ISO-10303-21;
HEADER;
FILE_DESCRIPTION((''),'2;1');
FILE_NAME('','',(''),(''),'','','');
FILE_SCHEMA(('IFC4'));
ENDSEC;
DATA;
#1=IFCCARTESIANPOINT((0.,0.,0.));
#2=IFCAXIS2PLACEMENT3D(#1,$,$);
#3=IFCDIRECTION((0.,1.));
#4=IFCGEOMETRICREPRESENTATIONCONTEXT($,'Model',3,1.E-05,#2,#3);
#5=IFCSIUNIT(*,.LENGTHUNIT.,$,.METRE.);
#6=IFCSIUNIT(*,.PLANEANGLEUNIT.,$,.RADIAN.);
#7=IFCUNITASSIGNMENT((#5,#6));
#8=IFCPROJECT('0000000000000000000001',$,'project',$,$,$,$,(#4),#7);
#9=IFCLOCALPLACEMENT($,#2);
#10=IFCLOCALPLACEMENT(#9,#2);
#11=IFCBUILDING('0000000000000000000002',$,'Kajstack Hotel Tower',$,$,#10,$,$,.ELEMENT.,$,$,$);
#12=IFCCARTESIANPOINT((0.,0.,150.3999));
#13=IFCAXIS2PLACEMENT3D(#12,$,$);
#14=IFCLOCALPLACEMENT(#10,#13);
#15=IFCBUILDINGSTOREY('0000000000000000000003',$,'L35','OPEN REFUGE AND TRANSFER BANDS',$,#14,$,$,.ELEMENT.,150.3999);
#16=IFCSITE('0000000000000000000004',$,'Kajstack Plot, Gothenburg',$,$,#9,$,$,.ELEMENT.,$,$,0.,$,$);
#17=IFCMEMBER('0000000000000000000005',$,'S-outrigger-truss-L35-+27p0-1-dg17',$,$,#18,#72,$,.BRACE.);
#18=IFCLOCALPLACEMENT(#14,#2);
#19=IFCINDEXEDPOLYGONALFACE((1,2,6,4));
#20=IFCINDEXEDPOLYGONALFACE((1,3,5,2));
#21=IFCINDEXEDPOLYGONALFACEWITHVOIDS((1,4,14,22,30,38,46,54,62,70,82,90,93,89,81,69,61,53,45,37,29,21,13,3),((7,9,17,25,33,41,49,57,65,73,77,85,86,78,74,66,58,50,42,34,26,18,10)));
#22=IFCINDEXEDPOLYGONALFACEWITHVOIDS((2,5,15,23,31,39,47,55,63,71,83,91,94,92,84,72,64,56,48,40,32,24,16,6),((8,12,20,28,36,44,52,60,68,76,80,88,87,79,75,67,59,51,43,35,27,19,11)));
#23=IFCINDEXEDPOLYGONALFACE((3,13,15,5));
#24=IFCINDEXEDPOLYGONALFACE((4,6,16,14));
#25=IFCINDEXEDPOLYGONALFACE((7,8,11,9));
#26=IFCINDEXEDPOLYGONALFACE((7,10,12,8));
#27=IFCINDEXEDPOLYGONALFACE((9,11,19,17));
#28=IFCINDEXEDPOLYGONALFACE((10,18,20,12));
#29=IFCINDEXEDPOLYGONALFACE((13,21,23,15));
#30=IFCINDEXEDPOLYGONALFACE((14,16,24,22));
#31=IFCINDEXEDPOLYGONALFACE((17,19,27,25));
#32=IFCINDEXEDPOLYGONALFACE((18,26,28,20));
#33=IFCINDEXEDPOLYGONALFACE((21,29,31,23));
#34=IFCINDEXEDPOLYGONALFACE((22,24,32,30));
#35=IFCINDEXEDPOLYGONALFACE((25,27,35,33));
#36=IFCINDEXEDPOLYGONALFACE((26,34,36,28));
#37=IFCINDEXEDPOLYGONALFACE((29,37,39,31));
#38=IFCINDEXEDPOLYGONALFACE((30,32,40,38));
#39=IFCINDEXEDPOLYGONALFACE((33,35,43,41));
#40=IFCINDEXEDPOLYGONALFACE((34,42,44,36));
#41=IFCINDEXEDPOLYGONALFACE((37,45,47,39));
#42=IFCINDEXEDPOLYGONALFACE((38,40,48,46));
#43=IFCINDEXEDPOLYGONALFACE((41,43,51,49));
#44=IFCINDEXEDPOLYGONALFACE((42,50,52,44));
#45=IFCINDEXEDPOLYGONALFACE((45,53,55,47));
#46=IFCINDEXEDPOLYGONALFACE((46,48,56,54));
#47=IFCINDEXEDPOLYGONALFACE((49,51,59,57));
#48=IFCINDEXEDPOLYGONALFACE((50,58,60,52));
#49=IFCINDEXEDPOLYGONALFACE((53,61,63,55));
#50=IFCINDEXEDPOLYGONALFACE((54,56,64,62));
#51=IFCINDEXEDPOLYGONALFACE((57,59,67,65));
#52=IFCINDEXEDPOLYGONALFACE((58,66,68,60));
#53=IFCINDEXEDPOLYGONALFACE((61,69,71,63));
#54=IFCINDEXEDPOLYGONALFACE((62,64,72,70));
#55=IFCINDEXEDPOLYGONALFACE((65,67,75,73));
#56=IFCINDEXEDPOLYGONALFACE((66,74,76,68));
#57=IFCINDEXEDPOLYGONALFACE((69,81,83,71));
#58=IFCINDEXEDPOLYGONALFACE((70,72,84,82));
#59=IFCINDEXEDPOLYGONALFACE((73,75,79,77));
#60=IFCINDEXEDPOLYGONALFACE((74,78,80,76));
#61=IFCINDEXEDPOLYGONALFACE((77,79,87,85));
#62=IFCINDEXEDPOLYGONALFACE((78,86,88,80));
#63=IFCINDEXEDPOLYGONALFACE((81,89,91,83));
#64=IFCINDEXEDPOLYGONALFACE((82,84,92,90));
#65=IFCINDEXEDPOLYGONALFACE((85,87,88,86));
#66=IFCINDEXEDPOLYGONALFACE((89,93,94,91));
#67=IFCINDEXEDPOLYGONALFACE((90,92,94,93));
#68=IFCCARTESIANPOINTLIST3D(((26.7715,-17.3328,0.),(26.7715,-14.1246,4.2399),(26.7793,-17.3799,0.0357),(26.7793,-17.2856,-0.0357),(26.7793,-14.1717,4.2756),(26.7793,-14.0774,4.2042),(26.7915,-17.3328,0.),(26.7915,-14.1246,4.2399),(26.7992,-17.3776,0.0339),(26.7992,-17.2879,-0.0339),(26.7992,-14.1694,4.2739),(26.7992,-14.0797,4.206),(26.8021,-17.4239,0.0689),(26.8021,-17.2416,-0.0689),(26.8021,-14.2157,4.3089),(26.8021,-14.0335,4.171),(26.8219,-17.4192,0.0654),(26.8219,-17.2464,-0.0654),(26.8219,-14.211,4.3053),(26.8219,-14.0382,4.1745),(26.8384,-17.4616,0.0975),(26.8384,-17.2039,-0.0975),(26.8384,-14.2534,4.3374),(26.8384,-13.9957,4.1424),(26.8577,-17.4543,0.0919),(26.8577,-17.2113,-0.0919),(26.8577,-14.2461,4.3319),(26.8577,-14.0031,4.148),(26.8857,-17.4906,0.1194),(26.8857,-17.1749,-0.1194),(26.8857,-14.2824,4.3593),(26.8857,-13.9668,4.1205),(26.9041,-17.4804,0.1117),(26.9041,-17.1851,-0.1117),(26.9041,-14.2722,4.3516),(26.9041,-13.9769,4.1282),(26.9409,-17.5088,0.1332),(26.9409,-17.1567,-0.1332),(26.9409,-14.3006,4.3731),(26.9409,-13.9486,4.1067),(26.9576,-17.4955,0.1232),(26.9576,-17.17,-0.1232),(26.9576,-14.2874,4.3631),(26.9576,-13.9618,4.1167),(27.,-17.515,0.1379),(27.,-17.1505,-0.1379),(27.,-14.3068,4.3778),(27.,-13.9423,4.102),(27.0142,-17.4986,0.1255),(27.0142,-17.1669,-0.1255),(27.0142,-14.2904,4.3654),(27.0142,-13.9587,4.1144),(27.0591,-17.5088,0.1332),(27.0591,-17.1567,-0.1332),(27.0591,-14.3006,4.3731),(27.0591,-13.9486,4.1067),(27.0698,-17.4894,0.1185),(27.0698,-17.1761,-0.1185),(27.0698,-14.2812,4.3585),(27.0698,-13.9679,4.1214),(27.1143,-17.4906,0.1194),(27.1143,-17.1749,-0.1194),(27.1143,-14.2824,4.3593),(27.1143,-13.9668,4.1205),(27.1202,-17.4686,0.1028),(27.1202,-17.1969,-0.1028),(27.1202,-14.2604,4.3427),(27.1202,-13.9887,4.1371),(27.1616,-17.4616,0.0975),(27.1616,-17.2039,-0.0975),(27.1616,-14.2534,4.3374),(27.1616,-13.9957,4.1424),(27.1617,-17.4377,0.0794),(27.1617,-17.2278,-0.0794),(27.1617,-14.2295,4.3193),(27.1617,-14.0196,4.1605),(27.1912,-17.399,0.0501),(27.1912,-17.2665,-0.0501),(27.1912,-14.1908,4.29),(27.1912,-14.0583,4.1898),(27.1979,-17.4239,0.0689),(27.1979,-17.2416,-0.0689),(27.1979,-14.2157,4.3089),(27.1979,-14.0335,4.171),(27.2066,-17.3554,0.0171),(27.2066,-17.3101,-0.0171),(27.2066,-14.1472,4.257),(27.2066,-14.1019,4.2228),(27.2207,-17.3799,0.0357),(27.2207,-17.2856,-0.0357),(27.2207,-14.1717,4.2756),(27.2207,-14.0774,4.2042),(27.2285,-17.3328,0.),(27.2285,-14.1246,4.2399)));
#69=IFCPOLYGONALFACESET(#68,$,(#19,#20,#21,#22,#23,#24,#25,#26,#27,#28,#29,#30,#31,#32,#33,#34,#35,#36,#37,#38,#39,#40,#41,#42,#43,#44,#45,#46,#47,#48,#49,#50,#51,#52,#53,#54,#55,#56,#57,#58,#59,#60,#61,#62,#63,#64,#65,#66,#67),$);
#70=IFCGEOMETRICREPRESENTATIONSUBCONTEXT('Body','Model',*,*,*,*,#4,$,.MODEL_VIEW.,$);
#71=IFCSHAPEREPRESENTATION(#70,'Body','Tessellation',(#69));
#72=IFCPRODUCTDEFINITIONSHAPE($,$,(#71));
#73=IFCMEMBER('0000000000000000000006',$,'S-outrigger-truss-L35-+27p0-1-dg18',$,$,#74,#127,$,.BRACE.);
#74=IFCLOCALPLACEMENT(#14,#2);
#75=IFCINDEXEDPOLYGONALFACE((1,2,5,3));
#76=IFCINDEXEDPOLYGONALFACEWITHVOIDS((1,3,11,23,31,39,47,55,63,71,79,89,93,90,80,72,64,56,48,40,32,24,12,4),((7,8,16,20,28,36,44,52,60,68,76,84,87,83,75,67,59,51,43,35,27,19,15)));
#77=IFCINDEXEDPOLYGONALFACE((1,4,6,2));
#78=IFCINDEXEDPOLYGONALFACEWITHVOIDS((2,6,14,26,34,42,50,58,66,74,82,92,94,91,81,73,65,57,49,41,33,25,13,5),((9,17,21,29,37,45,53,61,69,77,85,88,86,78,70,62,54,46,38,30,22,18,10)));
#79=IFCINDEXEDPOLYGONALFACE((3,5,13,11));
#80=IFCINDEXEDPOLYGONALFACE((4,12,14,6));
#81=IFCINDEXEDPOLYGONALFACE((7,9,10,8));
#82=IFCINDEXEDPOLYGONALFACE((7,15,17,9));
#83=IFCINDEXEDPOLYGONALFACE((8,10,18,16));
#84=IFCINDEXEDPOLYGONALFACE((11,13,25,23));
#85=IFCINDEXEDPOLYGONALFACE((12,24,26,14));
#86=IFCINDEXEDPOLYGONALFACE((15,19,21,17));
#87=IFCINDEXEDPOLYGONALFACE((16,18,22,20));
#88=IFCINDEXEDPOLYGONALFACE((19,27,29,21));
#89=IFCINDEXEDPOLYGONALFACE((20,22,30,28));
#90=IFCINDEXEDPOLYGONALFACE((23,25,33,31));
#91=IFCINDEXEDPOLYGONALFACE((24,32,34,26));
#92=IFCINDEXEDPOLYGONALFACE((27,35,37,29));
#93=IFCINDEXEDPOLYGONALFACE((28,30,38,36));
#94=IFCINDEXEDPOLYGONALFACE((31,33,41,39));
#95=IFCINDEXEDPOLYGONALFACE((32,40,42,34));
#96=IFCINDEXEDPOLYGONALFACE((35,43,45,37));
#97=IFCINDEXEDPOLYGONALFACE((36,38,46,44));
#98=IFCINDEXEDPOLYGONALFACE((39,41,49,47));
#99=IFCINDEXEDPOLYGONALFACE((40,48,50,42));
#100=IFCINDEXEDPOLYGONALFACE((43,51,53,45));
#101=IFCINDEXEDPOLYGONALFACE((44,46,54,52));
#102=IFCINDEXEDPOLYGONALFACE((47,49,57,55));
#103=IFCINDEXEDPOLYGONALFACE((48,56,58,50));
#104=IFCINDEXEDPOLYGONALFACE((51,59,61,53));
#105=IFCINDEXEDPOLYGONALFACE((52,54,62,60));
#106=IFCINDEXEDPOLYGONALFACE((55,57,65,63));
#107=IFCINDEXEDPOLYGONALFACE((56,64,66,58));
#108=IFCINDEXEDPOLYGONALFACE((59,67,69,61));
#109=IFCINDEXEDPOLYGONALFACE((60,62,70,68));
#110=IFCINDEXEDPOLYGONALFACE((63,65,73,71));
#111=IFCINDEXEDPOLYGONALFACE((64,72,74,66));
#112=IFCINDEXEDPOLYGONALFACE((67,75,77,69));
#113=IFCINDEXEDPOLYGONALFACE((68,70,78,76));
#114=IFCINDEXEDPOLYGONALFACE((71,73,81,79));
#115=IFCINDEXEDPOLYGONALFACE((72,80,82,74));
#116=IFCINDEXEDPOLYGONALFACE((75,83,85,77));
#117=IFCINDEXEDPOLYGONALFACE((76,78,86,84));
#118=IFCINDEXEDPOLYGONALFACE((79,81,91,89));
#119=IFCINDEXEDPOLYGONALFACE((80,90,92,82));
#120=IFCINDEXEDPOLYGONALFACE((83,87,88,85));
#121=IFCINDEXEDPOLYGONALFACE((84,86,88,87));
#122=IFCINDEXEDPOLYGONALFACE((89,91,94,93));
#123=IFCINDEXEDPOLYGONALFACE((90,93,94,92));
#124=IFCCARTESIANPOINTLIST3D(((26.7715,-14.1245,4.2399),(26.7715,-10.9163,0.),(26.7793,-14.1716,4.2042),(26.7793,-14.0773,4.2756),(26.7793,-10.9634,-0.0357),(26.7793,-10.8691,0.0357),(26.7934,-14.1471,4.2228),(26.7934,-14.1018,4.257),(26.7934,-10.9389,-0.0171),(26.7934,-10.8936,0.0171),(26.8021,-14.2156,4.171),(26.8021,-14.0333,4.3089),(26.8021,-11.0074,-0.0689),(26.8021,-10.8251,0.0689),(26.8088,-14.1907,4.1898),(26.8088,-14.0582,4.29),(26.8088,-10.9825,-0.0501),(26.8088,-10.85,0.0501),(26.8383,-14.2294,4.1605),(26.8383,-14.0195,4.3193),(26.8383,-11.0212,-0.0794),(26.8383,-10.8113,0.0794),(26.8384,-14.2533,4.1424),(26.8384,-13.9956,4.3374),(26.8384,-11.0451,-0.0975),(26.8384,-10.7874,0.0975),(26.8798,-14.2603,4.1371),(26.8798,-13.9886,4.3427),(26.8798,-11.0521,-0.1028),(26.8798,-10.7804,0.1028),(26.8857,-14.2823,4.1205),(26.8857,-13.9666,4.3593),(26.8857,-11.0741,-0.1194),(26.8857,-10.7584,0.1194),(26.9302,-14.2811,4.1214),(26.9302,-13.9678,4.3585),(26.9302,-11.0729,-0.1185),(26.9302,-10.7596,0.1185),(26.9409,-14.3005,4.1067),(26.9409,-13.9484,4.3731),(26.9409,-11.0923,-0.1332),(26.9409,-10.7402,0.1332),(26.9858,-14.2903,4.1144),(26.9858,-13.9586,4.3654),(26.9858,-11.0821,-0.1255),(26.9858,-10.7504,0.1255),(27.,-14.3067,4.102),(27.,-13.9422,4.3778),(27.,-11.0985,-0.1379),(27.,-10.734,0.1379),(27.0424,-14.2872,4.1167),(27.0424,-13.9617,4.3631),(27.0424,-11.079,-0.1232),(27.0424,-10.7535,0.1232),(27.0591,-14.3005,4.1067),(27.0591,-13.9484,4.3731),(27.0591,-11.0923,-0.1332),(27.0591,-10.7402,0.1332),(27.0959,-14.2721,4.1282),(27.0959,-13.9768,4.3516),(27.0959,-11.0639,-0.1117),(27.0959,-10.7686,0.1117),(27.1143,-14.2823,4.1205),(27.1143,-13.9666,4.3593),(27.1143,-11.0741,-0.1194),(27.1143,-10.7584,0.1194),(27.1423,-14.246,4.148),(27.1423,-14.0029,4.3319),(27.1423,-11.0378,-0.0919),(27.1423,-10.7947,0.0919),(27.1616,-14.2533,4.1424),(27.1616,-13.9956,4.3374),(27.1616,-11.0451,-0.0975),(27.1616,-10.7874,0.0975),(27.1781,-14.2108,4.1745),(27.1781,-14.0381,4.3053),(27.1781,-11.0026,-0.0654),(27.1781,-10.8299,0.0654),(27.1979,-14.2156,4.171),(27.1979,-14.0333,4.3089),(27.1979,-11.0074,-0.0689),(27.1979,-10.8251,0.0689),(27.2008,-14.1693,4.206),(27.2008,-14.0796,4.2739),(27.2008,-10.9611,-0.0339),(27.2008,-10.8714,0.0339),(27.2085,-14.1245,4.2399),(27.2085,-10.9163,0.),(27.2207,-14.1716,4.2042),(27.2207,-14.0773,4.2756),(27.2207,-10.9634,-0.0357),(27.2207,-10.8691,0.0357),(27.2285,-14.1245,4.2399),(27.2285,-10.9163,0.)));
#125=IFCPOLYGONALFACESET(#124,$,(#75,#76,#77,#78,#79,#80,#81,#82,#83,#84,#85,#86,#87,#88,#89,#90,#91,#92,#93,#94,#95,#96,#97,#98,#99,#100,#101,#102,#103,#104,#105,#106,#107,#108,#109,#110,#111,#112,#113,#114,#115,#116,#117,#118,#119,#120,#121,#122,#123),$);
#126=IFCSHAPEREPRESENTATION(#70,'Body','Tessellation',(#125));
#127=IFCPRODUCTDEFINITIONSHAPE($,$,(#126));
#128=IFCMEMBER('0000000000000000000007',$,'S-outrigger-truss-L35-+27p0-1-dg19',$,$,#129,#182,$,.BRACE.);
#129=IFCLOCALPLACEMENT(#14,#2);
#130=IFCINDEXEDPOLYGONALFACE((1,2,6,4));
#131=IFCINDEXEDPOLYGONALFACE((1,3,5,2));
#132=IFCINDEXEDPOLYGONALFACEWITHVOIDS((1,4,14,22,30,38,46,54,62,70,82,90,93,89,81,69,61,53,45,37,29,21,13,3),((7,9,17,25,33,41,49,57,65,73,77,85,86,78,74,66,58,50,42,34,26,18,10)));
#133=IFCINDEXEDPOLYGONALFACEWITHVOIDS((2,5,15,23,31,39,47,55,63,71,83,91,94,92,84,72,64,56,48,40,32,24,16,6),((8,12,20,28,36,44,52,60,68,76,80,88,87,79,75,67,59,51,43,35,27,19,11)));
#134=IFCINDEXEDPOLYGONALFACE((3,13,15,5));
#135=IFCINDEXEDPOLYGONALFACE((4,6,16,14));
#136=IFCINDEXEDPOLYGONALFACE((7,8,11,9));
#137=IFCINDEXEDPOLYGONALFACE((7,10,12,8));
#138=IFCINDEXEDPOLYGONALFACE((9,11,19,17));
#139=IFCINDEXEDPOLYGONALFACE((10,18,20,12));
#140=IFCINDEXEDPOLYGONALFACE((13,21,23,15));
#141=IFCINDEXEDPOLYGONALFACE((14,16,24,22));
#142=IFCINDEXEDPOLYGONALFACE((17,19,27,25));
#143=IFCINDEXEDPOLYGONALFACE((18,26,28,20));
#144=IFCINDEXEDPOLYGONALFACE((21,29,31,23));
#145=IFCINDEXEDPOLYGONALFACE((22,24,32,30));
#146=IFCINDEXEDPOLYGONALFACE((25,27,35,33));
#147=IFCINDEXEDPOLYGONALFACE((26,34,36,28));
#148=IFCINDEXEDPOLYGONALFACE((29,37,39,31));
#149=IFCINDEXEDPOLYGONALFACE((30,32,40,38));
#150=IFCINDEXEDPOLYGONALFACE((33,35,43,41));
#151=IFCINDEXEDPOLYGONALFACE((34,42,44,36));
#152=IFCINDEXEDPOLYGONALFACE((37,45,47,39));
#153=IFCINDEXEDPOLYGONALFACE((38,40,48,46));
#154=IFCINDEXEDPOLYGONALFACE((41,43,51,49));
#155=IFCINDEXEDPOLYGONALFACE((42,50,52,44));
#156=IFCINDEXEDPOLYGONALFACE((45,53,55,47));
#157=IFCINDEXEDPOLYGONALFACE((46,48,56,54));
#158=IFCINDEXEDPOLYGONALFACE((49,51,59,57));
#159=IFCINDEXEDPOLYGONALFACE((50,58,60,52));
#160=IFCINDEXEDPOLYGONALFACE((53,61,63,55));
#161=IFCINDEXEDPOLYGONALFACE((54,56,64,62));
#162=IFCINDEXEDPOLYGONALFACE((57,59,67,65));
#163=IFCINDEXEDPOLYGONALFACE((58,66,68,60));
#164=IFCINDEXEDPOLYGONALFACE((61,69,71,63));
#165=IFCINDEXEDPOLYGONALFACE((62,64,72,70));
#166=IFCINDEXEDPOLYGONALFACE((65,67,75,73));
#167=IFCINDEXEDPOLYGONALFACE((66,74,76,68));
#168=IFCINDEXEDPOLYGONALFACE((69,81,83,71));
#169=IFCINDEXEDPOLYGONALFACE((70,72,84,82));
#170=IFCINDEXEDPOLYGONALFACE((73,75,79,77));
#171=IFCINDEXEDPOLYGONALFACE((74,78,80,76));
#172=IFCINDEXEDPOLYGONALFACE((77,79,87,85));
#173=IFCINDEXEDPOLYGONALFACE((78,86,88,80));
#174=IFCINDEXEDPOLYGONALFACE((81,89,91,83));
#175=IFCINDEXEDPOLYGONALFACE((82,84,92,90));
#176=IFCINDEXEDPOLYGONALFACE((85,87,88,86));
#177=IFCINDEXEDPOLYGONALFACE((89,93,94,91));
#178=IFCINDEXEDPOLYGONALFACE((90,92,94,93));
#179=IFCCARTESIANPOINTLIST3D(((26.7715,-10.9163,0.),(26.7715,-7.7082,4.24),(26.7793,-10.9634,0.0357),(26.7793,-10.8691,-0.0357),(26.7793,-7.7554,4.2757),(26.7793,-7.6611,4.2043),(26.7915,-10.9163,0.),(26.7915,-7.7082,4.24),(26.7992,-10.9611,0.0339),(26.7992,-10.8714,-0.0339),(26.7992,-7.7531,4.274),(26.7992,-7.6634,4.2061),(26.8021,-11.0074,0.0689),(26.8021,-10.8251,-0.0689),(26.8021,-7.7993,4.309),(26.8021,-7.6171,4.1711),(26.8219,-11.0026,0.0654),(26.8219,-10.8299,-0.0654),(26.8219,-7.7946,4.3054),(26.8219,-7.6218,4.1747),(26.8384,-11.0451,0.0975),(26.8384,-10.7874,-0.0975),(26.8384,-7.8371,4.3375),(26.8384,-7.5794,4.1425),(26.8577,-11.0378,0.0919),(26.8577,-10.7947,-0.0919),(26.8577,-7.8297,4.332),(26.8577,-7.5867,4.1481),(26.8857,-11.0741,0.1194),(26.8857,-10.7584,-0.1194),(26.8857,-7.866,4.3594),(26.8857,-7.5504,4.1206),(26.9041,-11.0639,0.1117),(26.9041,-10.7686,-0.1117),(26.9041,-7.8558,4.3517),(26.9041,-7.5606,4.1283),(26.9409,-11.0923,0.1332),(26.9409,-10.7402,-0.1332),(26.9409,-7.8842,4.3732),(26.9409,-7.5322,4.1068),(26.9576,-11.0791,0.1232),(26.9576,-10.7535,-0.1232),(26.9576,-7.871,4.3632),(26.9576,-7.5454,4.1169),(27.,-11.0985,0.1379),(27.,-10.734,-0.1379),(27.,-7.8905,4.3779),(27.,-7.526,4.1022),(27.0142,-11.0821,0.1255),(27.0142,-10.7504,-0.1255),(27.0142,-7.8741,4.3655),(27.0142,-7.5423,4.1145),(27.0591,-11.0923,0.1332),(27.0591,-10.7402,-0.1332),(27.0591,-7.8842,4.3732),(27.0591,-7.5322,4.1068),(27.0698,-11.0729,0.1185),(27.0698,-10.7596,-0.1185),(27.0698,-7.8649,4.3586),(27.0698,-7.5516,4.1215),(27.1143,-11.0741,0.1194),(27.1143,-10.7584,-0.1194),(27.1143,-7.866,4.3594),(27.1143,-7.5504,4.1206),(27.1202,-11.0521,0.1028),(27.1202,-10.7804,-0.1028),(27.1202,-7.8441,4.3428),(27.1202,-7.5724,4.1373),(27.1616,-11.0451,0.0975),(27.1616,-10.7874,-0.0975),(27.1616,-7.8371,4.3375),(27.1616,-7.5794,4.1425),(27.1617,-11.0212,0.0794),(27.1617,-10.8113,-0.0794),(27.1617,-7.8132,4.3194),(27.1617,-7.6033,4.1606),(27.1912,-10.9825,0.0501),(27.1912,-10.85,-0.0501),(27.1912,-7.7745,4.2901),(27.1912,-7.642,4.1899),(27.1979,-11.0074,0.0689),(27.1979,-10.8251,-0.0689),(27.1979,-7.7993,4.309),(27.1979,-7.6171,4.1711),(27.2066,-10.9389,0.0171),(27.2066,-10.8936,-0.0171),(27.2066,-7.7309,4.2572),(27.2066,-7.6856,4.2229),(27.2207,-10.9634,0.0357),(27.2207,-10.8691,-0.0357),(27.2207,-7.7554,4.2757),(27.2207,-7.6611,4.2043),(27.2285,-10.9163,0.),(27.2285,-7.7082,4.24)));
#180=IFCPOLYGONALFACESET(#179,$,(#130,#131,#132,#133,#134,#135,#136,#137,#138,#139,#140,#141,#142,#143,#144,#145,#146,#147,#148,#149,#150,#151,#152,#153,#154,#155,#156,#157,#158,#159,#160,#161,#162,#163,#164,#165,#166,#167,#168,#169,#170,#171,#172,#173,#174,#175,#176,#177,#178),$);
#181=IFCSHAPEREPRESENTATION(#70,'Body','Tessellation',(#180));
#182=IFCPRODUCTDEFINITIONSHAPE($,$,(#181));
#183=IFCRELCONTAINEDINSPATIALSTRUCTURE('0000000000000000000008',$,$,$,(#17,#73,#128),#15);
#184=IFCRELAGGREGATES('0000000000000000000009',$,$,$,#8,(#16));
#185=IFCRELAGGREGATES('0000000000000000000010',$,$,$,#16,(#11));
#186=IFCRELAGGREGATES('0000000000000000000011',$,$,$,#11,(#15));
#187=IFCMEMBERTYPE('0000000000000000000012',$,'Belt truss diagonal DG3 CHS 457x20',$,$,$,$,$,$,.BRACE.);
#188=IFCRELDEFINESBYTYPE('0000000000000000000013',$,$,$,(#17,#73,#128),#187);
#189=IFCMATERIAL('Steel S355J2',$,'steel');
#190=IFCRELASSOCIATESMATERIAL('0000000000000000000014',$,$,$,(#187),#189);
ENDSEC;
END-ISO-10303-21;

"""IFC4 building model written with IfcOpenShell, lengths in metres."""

from ifc_helpers import new_model, si_unit, direction, frame, origin, origin_2d, place, context, subcontext, project, spatial, hollow_circle, extrude, material, material_profile, profile_set, type_object, element, save


model = new_model("IFC4")

# Units and contexts
model_context = context("Model", 3, precision=1e-05, world=origin(), true_north=direction((0.0, 1.0)))
body_context = subcontext(model_context, "Body", "Model", "MODEL_VIEW")
ifc_project = project(units=[si_unit("LENGTHUNIT", "METRE"), si_unit("PLANEANGLEUNIT", "RADIAN")], contexts=[model_context])

# Site, building, storey
site_placement = place(None, origin())
site = spatial("IfcSite", under=ifc_project, at=site_placement, Name="Kajstack Plot, Gothenburg", CompositionType="ELEMENT", RefElevation=0.0)
building_placement = place(site_placement, origin())
building = spatial("IfcBuilding", under=site, at=building_placement, Name="Kajstack Hotel Tower", CompositionType="ELEMENT")
storey_placement = place(building_placement, frame((0.0, 0.0, 150.3999)))
storey = spatial("IfcBuildingStorey", under=building, at=storey_placement, Name="L35", Description="OPEN REFUGE AND TRANSFER BANDS", CompositionType="ELEMENT", Elevation=150.3999)

# Members
ifc_material_1 = material(Name="Steel S355J2", Category="steel")
ifc_material_profile_1 = material_profile(ifc_material_1, hollow_circle(Radius=0.2285, WallThickness=0.02, at=origin_2d()), Name="CHS 457x20")
ifc_profile_set_1 = profile_set([ifc_material_profile_1], Name="Steel S355J2")
member_type_1 = type_object("IfcMemberType", Name="Belt truss diagonal DG3 CHS 457x20", PredefinedType="BRACE", material=ifc_profile_set_1)
for number, where, z_axis, x_axis, name in (
    (1, (27.0, -17.3328, 0.0), (0.0, 0.603396, 0.797442), (-1.0, 0.0, 0.0), "S-outrigger-truss-L35-+27p0-1-dg17"),
    (2, (27.0, -10.9163, 0.0), (0.0, -0.603396, 0.797442), (1.0, 0.0, 0.0), "S-outrigger-truss-L35-+27p0-1-dg18"),
    (3, (27.0, -10.9163, 0.0), (0.0, 0.603367, 0.797464), (-1.0, 0.0, 0.0), "S-outrigger-truss-L35-+27p0-1-dg19"),
):
    element("IfcMember", number, at=place(storey_placement, frame(where, z_axis=z_axis, x_axis=x_axis)), inside=storey, type_object=member_type_1, Name=name, PredefinedType="BRACE", context=body_context, shape_type="SweptSolid", body=[
        extrude(hollow_circle(Radius=0.2285, WallThickness=0.02, at=origin_2d()), origin(), (0.0, 0.0, 1.0), 5.3169),
    ])

save(model, "model.ifc")
